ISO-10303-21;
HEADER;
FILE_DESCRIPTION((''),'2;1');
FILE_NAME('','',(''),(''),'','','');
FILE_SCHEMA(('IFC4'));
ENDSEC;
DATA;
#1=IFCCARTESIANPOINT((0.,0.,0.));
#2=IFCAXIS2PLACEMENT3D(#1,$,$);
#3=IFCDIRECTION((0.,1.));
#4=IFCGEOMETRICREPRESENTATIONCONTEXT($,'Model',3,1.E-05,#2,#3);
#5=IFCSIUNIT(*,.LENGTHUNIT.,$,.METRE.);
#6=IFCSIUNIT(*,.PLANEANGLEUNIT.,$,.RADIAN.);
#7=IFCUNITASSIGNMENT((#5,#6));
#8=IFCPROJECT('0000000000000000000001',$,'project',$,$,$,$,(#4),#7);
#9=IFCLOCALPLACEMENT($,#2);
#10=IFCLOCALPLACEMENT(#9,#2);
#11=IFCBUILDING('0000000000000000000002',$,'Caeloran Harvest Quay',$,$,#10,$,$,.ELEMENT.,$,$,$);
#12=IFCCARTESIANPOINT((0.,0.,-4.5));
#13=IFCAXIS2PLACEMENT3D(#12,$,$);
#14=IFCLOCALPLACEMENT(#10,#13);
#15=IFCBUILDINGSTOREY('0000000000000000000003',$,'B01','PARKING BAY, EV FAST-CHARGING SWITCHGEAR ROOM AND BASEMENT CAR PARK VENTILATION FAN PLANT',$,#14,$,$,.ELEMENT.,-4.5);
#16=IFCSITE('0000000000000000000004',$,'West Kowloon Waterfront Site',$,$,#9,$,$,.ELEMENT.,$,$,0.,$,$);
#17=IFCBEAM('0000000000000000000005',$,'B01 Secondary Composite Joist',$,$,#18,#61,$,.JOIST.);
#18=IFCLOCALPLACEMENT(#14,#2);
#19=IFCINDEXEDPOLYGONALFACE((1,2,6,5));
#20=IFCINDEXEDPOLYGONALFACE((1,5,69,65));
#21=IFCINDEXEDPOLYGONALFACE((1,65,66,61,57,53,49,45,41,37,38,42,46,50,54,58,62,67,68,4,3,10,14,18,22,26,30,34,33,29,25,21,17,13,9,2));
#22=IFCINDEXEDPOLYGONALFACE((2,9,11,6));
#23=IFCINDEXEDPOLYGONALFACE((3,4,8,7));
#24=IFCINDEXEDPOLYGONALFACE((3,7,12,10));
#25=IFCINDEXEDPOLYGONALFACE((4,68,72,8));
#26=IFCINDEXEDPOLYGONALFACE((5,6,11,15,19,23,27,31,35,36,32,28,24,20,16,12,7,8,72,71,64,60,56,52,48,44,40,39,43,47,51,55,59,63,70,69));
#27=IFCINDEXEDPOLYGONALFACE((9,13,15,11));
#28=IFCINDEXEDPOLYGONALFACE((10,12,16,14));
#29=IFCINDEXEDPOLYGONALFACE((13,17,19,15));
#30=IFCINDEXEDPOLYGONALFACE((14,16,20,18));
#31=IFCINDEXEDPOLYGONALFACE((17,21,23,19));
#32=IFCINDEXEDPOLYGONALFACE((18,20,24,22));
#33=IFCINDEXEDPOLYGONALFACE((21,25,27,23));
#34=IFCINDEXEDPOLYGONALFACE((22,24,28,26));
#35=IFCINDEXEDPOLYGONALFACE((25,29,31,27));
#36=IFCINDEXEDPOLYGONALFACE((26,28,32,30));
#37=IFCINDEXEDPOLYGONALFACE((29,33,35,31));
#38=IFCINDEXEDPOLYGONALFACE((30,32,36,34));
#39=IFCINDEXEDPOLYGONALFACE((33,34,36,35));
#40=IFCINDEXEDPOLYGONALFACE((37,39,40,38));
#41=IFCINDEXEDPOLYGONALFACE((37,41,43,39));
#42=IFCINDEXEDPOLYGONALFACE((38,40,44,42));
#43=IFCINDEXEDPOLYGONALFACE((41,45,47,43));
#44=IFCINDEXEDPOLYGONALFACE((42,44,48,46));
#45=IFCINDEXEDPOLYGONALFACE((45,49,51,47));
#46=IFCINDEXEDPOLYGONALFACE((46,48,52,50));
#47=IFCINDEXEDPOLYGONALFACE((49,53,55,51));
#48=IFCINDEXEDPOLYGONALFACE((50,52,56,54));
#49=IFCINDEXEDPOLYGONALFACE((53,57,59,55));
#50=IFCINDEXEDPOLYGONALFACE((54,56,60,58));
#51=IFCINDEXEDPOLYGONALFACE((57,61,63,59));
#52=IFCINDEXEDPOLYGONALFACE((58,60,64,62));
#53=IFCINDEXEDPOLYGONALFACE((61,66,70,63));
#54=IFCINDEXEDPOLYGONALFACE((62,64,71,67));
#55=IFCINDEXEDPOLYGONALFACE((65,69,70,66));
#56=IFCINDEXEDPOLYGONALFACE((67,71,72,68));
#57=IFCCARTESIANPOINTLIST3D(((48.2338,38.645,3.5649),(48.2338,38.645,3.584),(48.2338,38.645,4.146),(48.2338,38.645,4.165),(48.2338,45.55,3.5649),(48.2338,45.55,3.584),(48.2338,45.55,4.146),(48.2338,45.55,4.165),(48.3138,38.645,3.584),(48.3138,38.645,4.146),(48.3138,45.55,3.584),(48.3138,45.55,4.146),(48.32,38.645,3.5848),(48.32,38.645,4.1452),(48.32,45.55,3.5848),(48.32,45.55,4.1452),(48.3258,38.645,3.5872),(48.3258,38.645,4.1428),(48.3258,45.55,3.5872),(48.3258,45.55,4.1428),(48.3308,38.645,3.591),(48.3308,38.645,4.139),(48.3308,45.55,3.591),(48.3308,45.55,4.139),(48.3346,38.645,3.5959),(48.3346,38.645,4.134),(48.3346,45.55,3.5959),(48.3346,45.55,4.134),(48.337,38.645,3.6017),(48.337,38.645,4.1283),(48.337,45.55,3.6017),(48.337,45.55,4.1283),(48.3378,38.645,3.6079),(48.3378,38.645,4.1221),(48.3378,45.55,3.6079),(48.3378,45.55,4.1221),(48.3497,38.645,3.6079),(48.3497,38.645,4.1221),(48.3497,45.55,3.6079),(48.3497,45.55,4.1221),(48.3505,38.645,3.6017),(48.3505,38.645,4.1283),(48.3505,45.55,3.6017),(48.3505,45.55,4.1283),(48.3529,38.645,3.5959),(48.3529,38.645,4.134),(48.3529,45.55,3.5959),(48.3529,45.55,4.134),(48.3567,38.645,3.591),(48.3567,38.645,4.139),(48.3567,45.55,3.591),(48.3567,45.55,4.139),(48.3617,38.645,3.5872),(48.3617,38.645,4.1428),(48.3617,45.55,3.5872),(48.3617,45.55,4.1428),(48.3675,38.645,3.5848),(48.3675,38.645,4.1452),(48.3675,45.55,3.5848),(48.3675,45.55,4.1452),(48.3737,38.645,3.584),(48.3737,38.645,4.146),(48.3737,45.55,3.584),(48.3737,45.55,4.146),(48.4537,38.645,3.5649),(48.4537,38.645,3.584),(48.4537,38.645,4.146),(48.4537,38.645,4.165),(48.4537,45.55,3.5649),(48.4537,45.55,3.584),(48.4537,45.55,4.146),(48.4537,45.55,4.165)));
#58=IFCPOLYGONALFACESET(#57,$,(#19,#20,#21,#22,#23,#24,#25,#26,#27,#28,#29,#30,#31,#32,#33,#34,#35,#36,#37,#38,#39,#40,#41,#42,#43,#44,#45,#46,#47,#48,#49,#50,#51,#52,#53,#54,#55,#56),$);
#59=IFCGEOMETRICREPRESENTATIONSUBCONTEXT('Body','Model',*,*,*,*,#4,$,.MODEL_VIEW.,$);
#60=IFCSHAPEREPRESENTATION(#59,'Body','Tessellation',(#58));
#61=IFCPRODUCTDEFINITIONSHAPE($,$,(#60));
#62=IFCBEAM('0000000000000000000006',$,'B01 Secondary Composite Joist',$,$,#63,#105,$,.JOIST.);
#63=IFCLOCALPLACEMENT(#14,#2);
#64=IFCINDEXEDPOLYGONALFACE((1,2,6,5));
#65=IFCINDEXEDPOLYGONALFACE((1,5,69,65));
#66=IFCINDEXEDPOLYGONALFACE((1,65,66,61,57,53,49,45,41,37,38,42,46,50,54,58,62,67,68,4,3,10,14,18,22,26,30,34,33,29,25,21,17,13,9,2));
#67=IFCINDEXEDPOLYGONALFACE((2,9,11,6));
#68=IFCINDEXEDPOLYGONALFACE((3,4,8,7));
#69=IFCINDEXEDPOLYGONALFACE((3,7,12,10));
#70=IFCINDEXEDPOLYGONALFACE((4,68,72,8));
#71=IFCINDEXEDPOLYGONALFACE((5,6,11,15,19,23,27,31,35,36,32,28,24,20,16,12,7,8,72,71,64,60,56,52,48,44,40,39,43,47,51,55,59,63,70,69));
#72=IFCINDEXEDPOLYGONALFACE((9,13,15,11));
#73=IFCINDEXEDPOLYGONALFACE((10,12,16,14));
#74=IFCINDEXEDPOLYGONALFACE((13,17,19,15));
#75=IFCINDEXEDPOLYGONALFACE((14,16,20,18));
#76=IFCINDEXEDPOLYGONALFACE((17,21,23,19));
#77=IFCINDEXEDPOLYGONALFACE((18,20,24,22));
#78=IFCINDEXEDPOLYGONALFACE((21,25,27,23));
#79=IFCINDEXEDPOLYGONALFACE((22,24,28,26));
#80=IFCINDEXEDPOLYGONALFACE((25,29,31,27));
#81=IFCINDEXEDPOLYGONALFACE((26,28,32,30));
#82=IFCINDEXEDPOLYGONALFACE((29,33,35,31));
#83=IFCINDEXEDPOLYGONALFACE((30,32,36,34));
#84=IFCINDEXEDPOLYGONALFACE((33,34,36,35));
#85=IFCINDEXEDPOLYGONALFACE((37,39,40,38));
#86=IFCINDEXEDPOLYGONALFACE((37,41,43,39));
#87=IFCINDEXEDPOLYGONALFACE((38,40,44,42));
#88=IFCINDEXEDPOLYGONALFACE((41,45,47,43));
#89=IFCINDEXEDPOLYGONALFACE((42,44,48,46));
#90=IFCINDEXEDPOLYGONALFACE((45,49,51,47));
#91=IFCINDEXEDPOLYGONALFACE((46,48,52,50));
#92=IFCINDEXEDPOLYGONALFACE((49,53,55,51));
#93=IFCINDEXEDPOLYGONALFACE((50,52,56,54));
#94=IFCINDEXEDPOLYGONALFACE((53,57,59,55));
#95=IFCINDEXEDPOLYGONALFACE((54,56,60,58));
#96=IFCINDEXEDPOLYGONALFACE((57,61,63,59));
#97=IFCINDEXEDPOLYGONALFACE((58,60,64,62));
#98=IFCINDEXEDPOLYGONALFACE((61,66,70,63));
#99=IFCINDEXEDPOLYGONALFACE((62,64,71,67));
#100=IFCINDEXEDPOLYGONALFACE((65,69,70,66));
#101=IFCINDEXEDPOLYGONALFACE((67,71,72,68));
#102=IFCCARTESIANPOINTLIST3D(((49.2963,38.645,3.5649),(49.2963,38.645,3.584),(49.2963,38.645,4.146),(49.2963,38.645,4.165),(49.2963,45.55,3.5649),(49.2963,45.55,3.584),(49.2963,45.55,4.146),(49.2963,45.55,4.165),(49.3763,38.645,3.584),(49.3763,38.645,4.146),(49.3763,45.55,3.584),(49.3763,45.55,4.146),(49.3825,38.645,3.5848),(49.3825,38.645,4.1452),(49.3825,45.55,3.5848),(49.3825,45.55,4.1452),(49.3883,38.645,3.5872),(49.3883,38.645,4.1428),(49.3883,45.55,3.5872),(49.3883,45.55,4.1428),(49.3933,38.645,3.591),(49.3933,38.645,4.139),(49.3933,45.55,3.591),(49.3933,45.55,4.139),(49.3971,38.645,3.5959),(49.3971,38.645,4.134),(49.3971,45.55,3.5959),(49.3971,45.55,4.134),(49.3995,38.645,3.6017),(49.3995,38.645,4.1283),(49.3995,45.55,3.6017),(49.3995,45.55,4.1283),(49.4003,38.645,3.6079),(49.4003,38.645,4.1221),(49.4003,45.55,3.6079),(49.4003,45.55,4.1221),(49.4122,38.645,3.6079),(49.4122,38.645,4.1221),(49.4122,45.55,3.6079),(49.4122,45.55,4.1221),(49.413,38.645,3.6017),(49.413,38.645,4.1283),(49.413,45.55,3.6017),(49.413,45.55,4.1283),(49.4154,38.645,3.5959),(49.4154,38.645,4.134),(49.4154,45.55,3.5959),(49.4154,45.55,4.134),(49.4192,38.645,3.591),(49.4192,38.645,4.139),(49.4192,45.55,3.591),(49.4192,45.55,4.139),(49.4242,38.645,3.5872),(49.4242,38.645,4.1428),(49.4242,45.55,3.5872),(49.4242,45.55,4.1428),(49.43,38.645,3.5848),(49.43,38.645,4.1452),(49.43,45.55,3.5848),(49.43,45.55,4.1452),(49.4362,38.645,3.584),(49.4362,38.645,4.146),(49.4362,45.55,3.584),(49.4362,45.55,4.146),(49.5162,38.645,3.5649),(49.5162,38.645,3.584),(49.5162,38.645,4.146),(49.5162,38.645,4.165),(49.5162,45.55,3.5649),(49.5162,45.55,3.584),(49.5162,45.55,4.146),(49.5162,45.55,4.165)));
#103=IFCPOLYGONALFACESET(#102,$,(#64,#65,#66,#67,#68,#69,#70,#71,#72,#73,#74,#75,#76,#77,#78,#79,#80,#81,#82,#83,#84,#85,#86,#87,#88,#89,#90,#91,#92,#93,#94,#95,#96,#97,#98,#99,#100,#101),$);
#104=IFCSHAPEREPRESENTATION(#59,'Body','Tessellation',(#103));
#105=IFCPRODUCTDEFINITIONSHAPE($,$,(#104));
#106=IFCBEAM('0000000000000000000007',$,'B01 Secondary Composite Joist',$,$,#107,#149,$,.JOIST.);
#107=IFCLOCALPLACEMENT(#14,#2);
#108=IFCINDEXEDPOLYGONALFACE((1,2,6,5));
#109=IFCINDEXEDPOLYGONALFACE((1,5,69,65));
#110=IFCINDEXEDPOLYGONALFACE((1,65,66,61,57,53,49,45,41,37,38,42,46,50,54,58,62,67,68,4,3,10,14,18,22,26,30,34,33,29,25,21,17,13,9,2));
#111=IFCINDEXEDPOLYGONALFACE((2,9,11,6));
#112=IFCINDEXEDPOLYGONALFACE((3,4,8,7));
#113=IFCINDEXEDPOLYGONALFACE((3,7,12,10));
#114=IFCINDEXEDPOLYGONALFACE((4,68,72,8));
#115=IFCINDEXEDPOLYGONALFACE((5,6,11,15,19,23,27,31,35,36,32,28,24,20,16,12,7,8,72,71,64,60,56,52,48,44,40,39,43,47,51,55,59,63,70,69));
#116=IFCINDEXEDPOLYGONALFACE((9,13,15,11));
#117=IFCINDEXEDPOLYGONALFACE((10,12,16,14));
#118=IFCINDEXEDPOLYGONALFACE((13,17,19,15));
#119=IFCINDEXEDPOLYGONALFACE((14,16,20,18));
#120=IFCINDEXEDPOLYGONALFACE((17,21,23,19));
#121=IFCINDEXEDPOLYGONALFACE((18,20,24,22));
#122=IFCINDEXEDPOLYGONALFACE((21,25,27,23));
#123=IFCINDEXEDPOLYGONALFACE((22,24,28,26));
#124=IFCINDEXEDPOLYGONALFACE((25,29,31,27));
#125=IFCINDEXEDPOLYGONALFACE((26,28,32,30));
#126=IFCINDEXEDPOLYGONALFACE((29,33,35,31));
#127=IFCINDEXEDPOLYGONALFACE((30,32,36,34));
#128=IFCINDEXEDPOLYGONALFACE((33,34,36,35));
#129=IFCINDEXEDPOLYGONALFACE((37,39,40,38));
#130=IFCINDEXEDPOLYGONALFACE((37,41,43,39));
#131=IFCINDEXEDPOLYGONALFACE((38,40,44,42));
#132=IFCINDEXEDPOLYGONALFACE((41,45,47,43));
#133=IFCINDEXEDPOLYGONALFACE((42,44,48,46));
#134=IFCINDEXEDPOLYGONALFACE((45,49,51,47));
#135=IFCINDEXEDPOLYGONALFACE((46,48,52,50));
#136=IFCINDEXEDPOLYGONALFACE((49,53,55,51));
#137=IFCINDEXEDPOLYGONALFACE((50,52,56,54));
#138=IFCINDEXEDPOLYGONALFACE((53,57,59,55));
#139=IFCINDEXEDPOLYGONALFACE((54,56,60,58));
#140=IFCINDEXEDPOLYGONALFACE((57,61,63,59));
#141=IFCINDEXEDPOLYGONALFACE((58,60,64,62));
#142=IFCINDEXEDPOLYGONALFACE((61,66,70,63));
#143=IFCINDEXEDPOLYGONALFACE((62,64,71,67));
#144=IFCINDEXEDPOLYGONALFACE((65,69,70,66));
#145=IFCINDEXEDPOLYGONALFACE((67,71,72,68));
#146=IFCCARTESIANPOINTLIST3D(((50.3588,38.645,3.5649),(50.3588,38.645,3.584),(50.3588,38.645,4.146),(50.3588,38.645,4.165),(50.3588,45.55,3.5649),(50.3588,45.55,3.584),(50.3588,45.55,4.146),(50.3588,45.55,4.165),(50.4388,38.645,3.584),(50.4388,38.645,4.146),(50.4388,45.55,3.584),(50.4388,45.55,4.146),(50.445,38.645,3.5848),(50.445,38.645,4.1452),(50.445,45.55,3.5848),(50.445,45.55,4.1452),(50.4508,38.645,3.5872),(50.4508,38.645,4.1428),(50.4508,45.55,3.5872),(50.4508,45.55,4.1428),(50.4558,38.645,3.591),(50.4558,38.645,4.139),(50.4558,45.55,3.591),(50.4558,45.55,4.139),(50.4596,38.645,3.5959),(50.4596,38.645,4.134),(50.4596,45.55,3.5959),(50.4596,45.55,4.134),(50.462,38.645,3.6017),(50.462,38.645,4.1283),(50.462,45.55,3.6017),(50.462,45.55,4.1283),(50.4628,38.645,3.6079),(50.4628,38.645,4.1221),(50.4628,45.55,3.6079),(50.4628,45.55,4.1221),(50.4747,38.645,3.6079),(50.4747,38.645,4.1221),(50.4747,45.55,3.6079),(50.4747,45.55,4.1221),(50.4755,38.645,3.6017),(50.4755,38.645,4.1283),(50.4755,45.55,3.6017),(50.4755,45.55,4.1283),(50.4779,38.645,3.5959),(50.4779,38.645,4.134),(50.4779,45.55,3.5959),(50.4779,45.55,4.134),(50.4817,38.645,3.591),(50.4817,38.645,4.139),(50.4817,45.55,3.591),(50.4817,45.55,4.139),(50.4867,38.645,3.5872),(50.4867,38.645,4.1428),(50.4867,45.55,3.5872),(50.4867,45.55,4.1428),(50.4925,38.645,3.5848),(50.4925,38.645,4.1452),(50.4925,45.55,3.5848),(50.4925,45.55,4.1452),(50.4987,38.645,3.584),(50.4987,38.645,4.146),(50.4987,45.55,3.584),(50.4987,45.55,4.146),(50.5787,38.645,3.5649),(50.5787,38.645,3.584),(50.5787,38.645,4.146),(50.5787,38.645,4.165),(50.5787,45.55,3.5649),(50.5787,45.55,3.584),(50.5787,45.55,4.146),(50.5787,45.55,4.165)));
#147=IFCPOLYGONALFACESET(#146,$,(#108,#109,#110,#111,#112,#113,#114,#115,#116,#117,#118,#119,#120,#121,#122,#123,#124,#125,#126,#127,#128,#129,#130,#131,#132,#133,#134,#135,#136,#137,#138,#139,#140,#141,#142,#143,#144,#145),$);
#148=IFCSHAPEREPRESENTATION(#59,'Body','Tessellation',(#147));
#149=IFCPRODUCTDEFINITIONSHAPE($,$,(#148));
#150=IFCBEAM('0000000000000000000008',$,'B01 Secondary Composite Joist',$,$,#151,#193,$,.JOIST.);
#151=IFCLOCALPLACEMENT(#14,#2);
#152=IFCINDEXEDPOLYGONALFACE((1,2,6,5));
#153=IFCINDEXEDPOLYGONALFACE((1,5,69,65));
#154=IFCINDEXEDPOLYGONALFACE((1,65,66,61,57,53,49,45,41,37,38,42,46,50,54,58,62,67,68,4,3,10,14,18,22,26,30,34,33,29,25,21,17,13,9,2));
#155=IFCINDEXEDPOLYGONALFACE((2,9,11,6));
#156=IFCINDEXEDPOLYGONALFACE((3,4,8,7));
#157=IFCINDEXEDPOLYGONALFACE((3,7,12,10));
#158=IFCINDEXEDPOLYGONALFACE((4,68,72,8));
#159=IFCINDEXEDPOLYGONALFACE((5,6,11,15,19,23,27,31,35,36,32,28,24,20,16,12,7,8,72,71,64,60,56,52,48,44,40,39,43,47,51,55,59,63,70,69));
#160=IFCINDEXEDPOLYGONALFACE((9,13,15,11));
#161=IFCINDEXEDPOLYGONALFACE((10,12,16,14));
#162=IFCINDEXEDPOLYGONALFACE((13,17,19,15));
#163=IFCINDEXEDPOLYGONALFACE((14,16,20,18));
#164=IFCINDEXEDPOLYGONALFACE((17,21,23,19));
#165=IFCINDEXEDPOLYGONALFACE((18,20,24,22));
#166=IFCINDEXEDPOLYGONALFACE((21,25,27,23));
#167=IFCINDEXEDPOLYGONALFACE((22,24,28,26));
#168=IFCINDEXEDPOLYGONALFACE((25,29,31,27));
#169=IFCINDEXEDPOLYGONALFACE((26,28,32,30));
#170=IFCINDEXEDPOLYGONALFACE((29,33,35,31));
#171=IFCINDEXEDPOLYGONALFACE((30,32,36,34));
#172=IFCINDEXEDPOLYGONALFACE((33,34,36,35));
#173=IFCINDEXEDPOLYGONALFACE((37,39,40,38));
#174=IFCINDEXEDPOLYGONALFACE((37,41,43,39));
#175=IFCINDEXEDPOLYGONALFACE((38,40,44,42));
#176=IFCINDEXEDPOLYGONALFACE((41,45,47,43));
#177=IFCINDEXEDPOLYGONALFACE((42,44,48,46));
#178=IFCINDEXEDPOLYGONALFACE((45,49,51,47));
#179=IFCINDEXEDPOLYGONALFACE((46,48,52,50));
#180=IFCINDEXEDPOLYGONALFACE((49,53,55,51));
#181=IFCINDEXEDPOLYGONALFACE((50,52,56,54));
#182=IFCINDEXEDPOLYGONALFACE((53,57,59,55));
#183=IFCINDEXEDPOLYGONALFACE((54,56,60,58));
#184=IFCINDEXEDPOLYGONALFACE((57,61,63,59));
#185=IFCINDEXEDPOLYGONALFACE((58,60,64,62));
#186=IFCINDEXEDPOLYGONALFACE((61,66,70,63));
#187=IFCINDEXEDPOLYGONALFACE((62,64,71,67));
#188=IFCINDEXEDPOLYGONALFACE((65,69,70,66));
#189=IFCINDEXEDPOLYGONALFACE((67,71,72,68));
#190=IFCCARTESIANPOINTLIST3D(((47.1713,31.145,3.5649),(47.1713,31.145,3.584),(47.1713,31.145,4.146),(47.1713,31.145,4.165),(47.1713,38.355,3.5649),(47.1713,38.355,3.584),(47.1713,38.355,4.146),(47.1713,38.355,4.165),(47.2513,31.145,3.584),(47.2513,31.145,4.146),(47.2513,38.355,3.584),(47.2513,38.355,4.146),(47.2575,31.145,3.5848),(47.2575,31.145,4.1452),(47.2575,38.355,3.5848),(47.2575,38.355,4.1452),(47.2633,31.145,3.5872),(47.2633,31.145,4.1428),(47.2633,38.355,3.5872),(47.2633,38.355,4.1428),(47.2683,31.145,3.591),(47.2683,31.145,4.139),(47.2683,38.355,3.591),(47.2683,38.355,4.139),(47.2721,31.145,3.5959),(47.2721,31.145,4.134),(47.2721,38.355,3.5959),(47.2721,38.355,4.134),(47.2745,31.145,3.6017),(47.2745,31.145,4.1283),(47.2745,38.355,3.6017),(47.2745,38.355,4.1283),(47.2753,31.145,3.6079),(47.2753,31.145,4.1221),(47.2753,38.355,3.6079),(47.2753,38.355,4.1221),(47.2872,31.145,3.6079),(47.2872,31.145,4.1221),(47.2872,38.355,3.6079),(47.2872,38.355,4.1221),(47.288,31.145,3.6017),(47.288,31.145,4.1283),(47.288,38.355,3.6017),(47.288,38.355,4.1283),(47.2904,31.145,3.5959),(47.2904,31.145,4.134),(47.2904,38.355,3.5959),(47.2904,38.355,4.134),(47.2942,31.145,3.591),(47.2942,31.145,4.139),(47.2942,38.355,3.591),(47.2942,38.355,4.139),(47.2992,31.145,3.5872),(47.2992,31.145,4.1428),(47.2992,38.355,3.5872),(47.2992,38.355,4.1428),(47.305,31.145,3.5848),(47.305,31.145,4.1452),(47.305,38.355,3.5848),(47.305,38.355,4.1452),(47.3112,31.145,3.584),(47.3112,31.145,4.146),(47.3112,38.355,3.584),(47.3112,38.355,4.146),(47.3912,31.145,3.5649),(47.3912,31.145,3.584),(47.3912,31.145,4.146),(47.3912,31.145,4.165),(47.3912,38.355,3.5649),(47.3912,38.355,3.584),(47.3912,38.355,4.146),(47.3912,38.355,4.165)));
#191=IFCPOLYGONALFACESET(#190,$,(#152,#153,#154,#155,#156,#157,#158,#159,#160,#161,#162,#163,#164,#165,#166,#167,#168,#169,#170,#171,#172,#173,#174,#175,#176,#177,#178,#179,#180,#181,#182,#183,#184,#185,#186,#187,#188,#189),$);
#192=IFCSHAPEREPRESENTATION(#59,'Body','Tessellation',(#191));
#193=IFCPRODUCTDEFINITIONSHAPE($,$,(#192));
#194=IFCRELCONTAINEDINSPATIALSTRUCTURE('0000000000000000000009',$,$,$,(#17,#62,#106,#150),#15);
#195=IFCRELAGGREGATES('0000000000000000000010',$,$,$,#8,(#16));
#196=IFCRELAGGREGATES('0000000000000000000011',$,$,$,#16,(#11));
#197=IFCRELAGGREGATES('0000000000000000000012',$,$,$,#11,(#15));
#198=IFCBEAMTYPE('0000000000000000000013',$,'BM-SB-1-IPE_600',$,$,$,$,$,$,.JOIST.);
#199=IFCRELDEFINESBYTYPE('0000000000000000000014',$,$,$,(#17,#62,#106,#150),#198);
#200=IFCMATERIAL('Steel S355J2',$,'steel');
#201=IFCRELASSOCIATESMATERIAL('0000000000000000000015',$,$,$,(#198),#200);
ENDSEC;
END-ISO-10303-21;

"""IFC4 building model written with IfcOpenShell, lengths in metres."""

from ifc_helpers import new_model, si_unit, direction, frame, origin, origin_2d, place, context, subcontext, project, spatial, i_section, extrude, material, material_profile, profile_set, type_object, element, save


model = new_model("IFC4")

# Units and contexts
model_context = context("Model", 3, precision=1e-05, world=origin(), true_north=direction((0.0, 1.0)))
body_context = subcontext(model_context, "Body", "Model", "MODEL_VIEW")
ifc_project = project(units=[si_unit("LENGTHUNIT", "METRE"), si_unit("PLANEANGLEUNIT", "RADIAN")], contexts=[model_context])

# Site, building, storey
site_placement = place(None, origin())
site = spatial("IfcSite", under=ifc_project, at=site_placement, Name="West Kowloon Waterfront Site", CompositionType="ELEMENT", RefElevation=0.0)
building_placement = place(site_placement, origin())
building = spatial("IfcBuilding", under=site, at=building_placement, Name="Caeloran Harvest Quay", CompositionType="ELEMENT")
storey_placement = place(building_placement, frame((0.0, 0.0, -4.5)))
storey = spatial("IfcBuildingStorey", under=building, at=storey_placement, Name="B01", Description="PARKING BAY, EV FAST-CHARGING SWITCHGEAR ROOM AND BASEMENT CAR PARK VENTILATION FAN PLANT", CompositionType="ELEMENT", Elevation=-4.5)

# Beams
ifc_material_1 = material(Name="Steel S355J2", Category="steel")
ifc_material_profile_1 = material_profile(ifc_material_1, i_section(OverallWidth=0.22, OverallDepth=0.6001, WebThickness=0.012, FlangeThickness=0.019, FilletRadius=0.0239, at=origin_2d()), Name="IPE 600")
ifc_profile_set_1 = profile_set([ifc_material_profile_1], Name="Steel S355J2")
beam_type_1 = type_object("IfcBeamType", Name="BM-SB-1-IPE_600", PredefinedType="JOIST", material=ifc_profile_set_1)
for number, where, z_axis, x_axis, name in (
    (1, (48.3438, 38.645, 3.865), (0.0, 1.0, 0.0), (-1.0, 0.0, 0.0), "B01 Secondary Composite Joist"),
    (2, (49.4062, 38.645, 3.865), (0.0, 1.0, 0.0), (-1.0, 0.0, 0.0), "B01 Secondary Composite Joist"),
    (3, (50.4688, 38.645, 3.865), (0.0, 1.0, 0.0), (-1.0, 0.0, 0.0), "B01 Secondary Composite Joist"),
):
    element("IfcBeam", number, at=place(storey_placement, frame(where, z_axis=z_axis, x_axis=x_axis)), inside=storey, type_object=beam_type_1, Name=name, PredefinedType="JOIST", context=body_context, shape_type="SweptSolid", body=[
        extrude(i_section(OverallWidth=0.22, OverallDepth=0.6001, WebThickness=0.012, FlangeThickness=0.019, FilletRadius=0.0239, at=origin_2d()), origin(), (0.0, 0.0, 1.0), 6.905),
    ])
for number, where, z_axis, x_axis, name in (
    (4, (47.2812, 31.145, 3.865), (0.0, 1.0, 0.0), (-1.0, 0.0, 0.0), "B01 Secondary Composite Joist"),
):
    element("IfcBeam", number, at=place(storey_placement, frame(where, z_axis=z_axis, x_axis=x_axis)), inside=storey, type_object=beam_type_1, Name=name, PredefinedType="JOIST", context=body_context, shape_type="SweptSolid", body=[
        extrude(i_section(OverallWidth=0.22, OverallDepth=0.6001, WebThickness=0.012, FlangeThickness=0.019, FilletRadius=0.0239, at=origin_2d()), origin(), (0.0, 0.0, 1.0), 7.21),
    ])

save(model, "model.ifc")
